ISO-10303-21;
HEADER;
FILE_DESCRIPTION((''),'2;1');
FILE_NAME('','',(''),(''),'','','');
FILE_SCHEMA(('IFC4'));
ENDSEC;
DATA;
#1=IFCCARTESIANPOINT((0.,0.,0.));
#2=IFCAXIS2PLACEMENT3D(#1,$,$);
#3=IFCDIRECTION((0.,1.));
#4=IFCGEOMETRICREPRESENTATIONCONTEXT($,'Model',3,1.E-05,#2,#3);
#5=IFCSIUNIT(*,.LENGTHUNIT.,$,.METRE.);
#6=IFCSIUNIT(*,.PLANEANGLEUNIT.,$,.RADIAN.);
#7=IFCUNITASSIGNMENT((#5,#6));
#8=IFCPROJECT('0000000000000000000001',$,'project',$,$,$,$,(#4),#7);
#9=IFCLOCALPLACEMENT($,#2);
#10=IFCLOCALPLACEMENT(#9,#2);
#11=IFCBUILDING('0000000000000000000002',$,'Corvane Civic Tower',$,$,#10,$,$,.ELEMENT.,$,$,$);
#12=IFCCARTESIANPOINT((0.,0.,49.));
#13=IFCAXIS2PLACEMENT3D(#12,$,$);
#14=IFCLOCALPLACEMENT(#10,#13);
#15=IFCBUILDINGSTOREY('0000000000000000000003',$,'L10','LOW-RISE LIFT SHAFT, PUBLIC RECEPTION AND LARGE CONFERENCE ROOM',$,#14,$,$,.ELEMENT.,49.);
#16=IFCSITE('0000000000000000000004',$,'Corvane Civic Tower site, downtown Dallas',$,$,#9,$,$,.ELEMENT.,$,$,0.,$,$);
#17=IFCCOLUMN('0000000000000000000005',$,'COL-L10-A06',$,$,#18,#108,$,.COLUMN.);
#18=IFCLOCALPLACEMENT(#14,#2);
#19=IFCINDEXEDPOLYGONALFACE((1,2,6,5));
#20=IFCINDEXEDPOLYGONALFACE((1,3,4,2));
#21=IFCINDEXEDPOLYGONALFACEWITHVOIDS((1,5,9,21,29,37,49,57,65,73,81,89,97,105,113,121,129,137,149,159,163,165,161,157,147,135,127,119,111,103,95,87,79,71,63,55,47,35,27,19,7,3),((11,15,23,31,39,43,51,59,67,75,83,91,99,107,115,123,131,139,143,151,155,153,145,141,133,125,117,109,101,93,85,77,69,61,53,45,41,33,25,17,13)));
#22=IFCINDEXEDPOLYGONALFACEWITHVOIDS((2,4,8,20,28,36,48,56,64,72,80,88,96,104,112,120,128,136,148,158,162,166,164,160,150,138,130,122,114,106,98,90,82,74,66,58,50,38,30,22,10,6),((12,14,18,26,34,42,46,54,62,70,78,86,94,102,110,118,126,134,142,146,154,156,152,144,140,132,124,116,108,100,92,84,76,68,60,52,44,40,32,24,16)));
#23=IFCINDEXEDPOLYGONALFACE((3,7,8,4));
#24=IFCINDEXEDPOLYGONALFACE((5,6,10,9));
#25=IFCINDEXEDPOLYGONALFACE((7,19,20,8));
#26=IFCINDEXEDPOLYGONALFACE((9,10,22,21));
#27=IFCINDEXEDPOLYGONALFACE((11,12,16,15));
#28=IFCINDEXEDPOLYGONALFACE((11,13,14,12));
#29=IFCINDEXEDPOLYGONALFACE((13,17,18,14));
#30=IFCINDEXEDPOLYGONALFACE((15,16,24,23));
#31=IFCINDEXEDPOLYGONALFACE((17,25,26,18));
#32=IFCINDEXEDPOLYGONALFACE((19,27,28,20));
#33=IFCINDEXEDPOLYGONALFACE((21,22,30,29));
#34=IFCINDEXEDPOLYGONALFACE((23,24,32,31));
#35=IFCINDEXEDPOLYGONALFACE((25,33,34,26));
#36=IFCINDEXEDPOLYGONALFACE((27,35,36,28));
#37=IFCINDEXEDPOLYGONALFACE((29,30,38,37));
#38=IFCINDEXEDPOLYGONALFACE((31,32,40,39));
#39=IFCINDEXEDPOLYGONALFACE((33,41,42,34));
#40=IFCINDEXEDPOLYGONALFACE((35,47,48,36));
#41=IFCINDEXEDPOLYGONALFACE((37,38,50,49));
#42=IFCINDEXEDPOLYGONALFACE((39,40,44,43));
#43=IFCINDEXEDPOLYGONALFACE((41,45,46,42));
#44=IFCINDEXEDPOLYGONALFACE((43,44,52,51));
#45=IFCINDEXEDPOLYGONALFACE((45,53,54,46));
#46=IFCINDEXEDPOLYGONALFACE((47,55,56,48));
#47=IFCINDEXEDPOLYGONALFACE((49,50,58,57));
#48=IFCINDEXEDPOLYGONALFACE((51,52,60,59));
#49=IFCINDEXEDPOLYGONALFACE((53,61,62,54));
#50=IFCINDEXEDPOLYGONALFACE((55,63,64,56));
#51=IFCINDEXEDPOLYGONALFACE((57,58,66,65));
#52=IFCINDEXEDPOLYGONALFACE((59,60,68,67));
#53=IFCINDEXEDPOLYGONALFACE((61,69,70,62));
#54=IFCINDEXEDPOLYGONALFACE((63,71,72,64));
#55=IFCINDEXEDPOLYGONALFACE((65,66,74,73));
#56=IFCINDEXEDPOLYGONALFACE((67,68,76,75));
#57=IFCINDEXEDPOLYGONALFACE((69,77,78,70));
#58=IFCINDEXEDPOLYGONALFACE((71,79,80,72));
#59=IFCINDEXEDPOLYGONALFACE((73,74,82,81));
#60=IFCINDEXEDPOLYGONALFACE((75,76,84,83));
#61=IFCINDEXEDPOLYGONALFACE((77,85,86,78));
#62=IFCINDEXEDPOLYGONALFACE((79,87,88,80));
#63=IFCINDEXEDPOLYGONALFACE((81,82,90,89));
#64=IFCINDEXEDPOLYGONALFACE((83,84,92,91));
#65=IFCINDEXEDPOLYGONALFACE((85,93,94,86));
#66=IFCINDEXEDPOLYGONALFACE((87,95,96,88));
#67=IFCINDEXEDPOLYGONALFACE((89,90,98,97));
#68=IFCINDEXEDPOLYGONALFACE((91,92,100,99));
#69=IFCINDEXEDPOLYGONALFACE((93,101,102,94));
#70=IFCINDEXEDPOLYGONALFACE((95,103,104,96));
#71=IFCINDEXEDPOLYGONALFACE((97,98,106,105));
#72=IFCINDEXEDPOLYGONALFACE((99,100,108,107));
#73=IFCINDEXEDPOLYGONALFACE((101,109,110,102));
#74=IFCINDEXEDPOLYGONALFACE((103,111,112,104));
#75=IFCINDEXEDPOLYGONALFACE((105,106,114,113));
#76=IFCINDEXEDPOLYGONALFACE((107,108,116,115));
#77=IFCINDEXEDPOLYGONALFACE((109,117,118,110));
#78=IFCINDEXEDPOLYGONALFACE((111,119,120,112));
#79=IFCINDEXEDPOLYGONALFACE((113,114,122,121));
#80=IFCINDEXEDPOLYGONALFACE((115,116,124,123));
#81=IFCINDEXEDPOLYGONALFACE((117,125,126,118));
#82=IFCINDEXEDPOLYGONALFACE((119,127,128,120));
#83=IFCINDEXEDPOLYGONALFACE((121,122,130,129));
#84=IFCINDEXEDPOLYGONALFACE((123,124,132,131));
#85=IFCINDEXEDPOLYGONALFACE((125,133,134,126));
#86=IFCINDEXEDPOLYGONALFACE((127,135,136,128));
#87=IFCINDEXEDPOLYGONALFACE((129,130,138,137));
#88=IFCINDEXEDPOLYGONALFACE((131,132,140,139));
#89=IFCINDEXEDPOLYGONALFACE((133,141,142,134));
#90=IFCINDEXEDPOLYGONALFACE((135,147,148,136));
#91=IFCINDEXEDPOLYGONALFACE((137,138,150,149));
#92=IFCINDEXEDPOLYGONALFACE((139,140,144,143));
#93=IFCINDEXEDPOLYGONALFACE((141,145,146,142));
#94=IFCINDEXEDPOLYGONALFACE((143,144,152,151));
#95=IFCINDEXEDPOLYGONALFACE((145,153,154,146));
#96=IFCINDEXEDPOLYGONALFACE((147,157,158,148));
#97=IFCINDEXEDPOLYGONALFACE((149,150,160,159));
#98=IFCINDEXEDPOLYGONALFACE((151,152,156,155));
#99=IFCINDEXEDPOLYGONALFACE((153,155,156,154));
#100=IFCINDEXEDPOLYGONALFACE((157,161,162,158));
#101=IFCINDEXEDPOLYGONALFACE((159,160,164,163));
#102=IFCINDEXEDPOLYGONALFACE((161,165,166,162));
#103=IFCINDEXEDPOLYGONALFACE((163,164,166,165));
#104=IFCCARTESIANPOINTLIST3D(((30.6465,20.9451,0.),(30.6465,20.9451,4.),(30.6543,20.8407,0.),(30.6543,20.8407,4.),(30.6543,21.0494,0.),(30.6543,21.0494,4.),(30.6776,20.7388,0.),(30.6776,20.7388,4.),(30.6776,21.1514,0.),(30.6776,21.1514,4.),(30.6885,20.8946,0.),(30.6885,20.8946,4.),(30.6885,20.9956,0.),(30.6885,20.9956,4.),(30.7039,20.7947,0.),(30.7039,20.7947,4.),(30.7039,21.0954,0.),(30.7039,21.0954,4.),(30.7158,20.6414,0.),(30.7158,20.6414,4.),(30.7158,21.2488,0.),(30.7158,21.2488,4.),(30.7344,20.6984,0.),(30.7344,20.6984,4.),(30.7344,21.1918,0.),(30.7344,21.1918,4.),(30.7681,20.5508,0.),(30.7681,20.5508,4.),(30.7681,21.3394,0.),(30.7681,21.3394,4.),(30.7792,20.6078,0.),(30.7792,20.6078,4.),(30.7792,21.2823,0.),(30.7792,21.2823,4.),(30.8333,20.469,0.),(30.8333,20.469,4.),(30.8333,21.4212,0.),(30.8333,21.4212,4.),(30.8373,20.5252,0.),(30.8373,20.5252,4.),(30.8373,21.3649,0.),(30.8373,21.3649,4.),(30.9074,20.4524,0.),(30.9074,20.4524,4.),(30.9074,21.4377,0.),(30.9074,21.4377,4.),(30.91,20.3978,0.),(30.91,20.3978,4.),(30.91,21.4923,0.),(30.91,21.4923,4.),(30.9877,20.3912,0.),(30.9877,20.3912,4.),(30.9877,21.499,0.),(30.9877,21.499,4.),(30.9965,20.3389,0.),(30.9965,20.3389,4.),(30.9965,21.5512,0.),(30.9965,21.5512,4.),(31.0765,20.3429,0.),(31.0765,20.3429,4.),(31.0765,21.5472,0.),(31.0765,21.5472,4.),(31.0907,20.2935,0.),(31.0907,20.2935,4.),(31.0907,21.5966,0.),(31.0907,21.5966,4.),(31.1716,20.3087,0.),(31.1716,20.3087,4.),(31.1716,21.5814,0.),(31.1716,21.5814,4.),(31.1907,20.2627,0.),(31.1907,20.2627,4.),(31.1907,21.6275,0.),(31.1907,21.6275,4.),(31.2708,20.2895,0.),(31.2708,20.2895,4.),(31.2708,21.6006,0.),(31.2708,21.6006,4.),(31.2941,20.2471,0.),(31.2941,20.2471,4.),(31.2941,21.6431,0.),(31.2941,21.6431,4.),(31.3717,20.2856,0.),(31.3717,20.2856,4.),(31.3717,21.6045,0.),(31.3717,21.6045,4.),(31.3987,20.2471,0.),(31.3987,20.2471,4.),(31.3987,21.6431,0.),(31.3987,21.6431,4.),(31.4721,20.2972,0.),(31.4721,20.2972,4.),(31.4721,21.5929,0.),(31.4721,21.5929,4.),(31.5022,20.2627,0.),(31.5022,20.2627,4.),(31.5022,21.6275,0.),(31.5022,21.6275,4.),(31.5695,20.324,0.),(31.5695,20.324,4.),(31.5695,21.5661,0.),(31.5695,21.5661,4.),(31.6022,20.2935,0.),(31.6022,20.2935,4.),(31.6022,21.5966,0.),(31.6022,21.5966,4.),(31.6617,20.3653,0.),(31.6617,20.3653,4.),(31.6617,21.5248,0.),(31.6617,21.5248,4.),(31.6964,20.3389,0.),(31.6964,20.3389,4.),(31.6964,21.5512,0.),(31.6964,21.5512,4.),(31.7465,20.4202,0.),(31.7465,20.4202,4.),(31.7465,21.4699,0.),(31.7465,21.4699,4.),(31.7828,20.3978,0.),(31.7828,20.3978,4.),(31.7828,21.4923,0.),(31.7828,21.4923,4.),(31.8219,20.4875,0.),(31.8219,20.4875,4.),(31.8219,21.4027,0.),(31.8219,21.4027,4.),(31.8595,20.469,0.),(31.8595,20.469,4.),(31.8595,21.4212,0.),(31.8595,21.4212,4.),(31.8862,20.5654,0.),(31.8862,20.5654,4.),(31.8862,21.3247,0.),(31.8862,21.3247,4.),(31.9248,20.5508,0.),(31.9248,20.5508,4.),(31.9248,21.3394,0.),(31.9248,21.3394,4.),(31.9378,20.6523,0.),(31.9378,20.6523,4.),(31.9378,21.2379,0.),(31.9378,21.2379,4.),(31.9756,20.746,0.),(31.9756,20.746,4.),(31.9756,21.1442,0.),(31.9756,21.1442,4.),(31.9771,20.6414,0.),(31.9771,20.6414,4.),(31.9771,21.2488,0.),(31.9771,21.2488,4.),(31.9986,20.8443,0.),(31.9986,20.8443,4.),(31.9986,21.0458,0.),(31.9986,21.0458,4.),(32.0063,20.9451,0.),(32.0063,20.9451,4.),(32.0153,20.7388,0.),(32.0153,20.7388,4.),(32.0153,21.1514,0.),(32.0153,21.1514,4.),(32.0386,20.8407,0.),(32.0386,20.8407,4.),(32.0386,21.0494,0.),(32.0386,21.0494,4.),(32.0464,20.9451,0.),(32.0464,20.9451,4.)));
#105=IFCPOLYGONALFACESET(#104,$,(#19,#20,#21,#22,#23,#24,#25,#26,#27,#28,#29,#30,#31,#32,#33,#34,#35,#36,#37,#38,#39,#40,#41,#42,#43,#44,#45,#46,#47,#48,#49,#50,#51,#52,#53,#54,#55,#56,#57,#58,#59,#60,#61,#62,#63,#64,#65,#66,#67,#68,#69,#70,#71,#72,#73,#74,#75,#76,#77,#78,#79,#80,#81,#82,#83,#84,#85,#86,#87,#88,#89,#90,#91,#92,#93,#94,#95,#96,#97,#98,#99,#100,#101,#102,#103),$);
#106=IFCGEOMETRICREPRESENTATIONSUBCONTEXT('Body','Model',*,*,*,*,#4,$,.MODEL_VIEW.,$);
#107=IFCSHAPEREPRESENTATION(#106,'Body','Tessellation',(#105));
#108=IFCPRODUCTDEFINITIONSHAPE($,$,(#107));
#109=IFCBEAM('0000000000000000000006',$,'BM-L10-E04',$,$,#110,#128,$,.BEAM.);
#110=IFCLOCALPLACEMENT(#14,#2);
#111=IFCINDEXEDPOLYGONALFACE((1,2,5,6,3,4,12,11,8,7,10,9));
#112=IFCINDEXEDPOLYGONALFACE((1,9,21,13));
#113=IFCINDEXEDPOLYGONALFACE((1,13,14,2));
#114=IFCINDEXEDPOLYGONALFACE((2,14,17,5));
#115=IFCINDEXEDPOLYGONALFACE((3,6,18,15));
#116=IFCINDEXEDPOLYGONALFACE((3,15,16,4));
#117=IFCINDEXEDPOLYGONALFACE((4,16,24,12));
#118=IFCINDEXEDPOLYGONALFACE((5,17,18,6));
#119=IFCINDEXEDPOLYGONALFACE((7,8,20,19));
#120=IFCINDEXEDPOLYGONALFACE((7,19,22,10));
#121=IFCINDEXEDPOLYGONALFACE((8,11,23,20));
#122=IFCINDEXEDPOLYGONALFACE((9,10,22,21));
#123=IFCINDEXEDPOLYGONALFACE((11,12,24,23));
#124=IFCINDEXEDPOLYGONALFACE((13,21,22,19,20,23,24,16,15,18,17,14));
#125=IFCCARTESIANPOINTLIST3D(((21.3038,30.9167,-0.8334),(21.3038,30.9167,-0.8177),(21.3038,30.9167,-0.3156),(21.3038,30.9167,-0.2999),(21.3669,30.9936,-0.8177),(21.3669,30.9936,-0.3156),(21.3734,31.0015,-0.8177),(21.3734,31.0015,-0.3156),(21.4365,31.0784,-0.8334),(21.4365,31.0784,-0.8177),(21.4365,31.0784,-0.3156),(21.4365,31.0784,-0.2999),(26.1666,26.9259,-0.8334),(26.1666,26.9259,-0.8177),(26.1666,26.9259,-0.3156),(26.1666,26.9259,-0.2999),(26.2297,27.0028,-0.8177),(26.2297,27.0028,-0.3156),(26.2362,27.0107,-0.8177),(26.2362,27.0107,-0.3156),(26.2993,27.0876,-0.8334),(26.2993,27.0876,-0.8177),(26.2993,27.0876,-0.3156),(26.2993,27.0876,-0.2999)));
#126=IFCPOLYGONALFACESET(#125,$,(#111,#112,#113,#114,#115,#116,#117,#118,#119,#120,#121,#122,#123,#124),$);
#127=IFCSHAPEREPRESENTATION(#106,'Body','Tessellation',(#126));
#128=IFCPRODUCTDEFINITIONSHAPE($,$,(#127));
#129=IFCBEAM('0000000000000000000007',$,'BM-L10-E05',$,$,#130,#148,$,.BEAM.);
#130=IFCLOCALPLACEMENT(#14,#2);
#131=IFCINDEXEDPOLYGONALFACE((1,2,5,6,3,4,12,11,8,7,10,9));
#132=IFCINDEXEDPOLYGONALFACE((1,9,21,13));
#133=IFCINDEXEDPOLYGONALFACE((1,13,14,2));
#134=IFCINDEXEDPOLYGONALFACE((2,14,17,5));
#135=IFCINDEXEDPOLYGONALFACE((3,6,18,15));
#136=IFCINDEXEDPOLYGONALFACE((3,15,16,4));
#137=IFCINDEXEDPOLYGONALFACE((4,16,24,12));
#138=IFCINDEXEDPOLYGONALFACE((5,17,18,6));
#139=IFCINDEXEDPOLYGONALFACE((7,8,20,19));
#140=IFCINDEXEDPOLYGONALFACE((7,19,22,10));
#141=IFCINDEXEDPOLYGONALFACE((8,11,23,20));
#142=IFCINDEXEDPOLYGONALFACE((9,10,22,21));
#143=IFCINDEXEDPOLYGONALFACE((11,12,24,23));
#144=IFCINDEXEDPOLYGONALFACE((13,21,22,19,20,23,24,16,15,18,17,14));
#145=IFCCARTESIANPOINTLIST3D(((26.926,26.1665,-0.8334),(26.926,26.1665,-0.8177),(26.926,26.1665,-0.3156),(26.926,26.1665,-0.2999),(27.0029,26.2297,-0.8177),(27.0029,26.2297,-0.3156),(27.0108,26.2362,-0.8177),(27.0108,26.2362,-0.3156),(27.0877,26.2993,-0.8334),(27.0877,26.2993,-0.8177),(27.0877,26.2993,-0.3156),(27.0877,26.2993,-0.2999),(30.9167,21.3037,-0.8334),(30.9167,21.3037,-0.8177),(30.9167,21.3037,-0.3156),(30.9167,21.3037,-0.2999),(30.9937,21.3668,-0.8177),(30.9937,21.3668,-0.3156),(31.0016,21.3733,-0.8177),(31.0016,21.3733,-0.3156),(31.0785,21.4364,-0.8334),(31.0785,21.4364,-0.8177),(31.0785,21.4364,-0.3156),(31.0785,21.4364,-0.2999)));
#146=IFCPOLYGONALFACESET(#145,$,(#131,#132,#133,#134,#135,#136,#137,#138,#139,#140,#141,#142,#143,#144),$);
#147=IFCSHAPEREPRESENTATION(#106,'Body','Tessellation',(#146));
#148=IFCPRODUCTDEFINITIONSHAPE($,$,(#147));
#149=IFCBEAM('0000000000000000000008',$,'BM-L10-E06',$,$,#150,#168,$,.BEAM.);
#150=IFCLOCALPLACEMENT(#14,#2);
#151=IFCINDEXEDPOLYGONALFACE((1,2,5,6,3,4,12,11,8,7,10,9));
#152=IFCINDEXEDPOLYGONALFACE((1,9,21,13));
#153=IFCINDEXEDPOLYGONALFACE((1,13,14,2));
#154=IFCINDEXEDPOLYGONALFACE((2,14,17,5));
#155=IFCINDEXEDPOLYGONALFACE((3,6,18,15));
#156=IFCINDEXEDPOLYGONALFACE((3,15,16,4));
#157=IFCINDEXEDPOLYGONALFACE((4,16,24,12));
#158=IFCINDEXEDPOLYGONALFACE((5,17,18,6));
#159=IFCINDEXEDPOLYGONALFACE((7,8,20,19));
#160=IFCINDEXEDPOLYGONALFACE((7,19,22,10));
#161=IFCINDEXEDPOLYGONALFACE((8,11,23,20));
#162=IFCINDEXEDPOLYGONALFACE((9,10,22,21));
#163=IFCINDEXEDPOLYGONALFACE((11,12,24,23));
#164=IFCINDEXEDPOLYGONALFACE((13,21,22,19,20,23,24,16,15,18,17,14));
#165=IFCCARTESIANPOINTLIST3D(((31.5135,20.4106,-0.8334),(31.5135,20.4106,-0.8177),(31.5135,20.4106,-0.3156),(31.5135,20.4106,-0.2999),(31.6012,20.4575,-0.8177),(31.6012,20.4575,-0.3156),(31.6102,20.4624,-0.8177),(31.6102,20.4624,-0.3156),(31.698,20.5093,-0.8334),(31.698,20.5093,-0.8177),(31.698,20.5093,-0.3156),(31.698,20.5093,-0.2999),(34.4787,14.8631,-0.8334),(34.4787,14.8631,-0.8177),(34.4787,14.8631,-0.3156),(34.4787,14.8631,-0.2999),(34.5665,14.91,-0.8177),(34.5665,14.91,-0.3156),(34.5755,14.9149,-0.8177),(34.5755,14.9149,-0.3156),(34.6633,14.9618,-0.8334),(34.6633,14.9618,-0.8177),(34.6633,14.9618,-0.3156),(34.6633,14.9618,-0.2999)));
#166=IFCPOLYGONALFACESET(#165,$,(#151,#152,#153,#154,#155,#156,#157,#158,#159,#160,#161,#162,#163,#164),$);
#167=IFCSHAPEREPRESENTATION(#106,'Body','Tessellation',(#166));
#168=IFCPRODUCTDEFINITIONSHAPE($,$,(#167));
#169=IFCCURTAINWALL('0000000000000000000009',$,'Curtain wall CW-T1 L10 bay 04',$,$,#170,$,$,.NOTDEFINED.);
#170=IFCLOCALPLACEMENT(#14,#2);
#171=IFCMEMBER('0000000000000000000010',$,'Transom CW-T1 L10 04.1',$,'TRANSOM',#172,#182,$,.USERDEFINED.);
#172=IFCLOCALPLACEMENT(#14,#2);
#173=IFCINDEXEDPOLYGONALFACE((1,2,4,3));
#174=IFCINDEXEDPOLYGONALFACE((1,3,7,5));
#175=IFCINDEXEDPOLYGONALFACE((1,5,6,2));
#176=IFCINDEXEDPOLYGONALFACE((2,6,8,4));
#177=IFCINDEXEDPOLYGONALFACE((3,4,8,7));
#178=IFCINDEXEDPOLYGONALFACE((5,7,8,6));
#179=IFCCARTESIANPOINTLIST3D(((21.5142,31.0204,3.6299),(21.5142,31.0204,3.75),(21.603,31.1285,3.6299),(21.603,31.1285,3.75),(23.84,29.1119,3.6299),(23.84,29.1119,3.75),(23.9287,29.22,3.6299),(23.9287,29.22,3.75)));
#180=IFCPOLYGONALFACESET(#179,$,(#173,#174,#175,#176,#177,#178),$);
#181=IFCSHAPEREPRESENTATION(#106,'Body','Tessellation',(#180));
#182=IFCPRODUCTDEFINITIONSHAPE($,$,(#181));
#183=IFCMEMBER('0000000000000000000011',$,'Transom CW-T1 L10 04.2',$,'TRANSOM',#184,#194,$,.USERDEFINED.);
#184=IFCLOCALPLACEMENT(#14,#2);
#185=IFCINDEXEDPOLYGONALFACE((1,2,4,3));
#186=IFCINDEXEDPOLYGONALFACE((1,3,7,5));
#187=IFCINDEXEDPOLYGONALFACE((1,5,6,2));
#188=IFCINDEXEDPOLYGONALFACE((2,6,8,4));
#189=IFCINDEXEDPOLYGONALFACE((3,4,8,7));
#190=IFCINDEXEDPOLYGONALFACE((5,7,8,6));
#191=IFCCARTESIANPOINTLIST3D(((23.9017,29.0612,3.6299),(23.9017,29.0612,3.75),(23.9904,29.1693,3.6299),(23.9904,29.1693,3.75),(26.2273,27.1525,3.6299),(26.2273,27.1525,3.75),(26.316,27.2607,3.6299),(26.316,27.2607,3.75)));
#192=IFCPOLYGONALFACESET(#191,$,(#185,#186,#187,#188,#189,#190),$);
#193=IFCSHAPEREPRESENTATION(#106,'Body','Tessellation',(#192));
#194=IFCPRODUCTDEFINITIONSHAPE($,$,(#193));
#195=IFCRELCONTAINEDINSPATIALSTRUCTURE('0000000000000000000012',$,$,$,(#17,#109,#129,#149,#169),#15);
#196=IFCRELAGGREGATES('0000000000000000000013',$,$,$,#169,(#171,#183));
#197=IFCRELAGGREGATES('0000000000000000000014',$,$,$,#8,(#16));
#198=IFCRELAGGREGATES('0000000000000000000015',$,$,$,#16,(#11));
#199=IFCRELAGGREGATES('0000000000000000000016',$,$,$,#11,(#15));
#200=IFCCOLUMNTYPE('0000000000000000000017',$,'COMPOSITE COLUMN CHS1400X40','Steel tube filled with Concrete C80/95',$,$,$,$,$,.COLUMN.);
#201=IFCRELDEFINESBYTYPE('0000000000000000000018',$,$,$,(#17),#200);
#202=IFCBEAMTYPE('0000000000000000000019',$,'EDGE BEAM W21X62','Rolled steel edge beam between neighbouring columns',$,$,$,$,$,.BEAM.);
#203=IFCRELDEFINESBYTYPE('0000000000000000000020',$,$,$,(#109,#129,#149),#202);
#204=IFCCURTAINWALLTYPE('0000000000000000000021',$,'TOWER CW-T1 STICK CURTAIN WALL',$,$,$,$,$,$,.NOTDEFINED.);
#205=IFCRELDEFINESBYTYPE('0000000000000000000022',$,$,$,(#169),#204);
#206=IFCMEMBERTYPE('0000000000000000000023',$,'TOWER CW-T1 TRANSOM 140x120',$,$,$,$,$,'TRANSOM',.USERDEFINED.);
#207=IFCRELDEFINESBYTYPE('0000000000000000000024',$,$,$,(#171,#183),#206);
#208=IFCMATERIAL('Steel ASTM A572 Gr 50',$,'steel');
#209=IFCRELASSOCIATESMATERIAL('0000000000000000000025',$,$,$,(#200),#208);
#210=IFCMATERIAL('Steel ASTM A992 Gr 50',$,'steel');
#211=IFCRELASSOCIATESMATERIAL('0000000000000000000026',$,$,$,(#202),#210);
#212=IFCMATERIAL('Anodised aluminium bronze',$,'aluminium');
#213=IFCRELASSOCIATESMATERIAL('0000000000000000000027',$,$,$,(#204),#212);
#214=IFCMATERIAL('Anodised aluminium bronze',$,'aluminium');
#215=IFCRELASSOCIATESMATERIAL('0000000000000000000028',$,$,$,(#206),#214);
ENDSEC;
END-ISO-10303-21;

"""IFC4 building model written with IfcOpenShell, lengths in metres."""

from ifc_helpers import new_model, si_unit, direction, frame, origin, origin_2d, place, context, subcontext, project, spatial, rectangle, hollow_circle, i_section, extrude, material, material_profile, profile_set, type_object, element, aggregate, save


model = new_model("IFC4")

# Units and contexts
model_context = context("Model", 3, precision=1e-05, world=origin(), true_north=direction((0.0, 1.0)))
body_context = subcontext(model_context, "Body", "Model", "MODEL_VIEW")
ifc_project = project(units=[si_unit("LENGTHUNIT", "METRE"), si_unit("PLANEANGLEUNIT", "RADIAN")], contexts=[model_context])

# Site, building, storey
site_placement = place(None, origin())
site = spatial("IfcSite", under=ifc_project, at=site_placement, Name="Corvane Civic Tower site, downtown Dallas", CompositionType="ELEMENT", RefElevation=0.0)
building_placement = place(site_placement, origin())
building = spatial("IfcBuilding", under=site, at=building_placement, Name="Corvane Civic Tower", CompositionType="ELEMENT")
storey_placement = place(building_placement, frame((0.0, 0.0, 49.0)))
storey = spatial("IfcBuildingStorey", under=building, at=storey_placement, Name="L10", Description="LOW-RISE LIFT SHAFT, PUBLIC RECEPTION AND LARGE CONFERENCE ROOM", CompositionType="ELEMENT", Elevation=49.0)

# Column
ifc_material_1 = material(Name="Steel ASTM A572 Gr 50", Category="steel")
ifc_material_profile_1 = material_profile(ifc_material_1, hollow_circle(Radius=0.7, WallThickness=0.04, at=origin_2d()), Name="CHS1400X40")
ifc_profile_set_1 = profile_set([ifc_material_profile_1], Name="Steel ASTM A572 Gr 50")
column_type = type_object("IfcColumnType", Name="COMPOSITE COLUMN CHS1400X40", Description="Steel tube filled with Concrete C80/95", PredefinedType="COLUMN", material=ifc_profile_set_1)
for number, where, z_axis, x_axis, name in (
    (1, (31.3464, 20.9451, 0.0), (0.0, 0.0, 1.0), (1.0, 0.0, 0.0), "COL-L10-A06"),
):
    element("IfcColumn", number, at=place(storey_placement, frame(where, z_axis=z_axis, x_axis=x_axis)), inside=storey, type_object=column_type, Name=name, PredefinedType="COLUMN", context=body_context, shape_type="SweptSolid", body=[
        extrude(hollow_circle(Radius=0.7, WallThickness=0.04, at=origin_2d()), origin(), (0.0, 0.0, 1.0), 4.0),
    ])

# Beams
ifc_material_2 = material(Name="Steel ASTM A992 Gr 50", Category="steel")
ifc_material_profile_2 = material_profile(ifc_material_2, i_section(OverallWidth=0.2092, OverallDepth=0.5334, WebThickness=0.0103, FlangeThickness=0.0156, at=origin_2d()), Name="W21X62")
ifc_profile_set_2 = profile_set([ifc_material_profile_2], Name="Steel ASTM A992 Gr 50")
beam_type = type_object("IfcBeamType", Name="EDGE BEAM W21X62", Description="Rolled steel edge beam between neighbouring columns", PredefinedType="BEAM", material=ifc_profile_set_2)
for number, where, z_axis, x_axis, name in (
    (2, (21.3701, 30.9976, -0.5667), (0.773016, -0.634387, 0.0), (0.634387, 0.773016, 0.0), "BM-L10-E04"),
    (3, (27.0068, 26.2329, -0.5667), (0.634387, -0.773016, 0.0), (0.773016, 0.634387, 0.0), "BM-L10-E05"),
):
    element("IfcBeam", number, at=place(storey_placement, frame(where, z_axis=z_axis, x_axis=x_axis)), inside=storey, type_object=beam_type, Name=name, PredefinedType="BEAM", context=body_context, shape_type="SweptSolid", body=[
        extrude(i_section(OverallWidth=0.2092, OverallDepth=0.5334, WebThickness=0.0103, FlangeThickness=0.0156, at=origin_2d()), origin(), (0.0, 0.0, 1.0), 6.2908),
    ])
beam_placement = place(storey_placement, frame((31.6057, 20.46, -0.5667), z_axis=(0.471406, -0.881916, 0.0), x_axis=(0.881916, 0.471406, 0.0)))
element("IfcBeam", 4, at=beam_placement, inside=storey, type_object=beam_type, Name="BM-L10-E06", PredefinedType="BEAM", context=body_context, shape_type="SweptSolid", body=[
    extrude(i_section(OverallWidth=0.2092, OverallDepth=0.5334, WebThickness=0.0103, FlangeThickness=0.0156, at=origin_2d()), origin(), (0.0, 0.0, 1.0), 6.2903),
])

# Curtain wall, members
ifc_material_3 = material(Name="Anodised aluminium bronze", Category="aluminium")
curtain_wall_type = type_object("IfcCurtainWallType", Name="TOWER CW-T1 STICK CURTAIN WALL", PredefinedType="NOTDEFINED", material=ifc_material_3)
curtain_wall_1_placement = place(storey_placement, origin())
curtain_wall_1 = element("IfcCurtainWall", 5, at=curtain_wall_1_placement, inside=storey, type_object=curtain_wall_type, Name="Curtain wall CW-T1 L10 bay 04", PredefinedType="NOTDEFINED")
ifc_material_4 = material(Name="Anodised aluminium bronze", Category="aluminium")
ifc_material_profile_3 = material_profile(ifc_material_4, rectangle(XDim=0.1399, YDim=0.1201, at=origin_2d()), Name="TOWER CW-T1 TRANSOM 140x120")
ifc_profile_set_3 = profile_set([ifc_material_profile_3], Name="Anodised aluminium bronze")
member_type_1 = type_object("IfcMemberType", Name="TOWER CW-T1 TRANSOM 140x120", ElementType="TRANSOM", PredefinedType="USERDEFINED", material=ifc_profile_set_3)
member_1_placement = place(storey_placement, frame((21.5586, 31.0745, 3.6899), z_axis=(0.773042, -0.634355, 0.0), x_axis=(0.634355, 0.773042, 0.0)))
member_1 = element("IfcMember", 6, at=member_1_placement, type_object=member_type_1, Name="Transom CW-T1 L10 04.1", ObjectType="TRANSOM", PredefinedType="USERDEFINED", context=body_context, shape_type="SweptSolid", body=[
    extrude(rectangle(XDim=0.1399, YDim=0.1201, at=origin_2d()), origin(), (0.0, 0.0, 1.0), 3.0085),
])
member_2_placement = place(storey_placement, frame((23.946, 29.1152, 3.6899), z_axis=(0.773002, -0.634404, 0.0), x_axis=(0.634404, 0.773002, 0.0)))
member_2 = element("IfcMember", 7, at=member_2_placement, type_object=member_type_1, Name="Transom CW-T1 L10 04.2", ObjectType="TRANSOM", PredefinedType="USERDEFINED", context=body_context, shape_type="SweptSolid", body=[
    extrude(rectangle(XDim=0.1399, YDim=0.1201, at=origin_2d()), origin(), (0.0, 0.0, 1.0), 3.0085),
])

aggregate(curtain_wall_1, [member_1, member_2])

save(model, "model.ifc")
